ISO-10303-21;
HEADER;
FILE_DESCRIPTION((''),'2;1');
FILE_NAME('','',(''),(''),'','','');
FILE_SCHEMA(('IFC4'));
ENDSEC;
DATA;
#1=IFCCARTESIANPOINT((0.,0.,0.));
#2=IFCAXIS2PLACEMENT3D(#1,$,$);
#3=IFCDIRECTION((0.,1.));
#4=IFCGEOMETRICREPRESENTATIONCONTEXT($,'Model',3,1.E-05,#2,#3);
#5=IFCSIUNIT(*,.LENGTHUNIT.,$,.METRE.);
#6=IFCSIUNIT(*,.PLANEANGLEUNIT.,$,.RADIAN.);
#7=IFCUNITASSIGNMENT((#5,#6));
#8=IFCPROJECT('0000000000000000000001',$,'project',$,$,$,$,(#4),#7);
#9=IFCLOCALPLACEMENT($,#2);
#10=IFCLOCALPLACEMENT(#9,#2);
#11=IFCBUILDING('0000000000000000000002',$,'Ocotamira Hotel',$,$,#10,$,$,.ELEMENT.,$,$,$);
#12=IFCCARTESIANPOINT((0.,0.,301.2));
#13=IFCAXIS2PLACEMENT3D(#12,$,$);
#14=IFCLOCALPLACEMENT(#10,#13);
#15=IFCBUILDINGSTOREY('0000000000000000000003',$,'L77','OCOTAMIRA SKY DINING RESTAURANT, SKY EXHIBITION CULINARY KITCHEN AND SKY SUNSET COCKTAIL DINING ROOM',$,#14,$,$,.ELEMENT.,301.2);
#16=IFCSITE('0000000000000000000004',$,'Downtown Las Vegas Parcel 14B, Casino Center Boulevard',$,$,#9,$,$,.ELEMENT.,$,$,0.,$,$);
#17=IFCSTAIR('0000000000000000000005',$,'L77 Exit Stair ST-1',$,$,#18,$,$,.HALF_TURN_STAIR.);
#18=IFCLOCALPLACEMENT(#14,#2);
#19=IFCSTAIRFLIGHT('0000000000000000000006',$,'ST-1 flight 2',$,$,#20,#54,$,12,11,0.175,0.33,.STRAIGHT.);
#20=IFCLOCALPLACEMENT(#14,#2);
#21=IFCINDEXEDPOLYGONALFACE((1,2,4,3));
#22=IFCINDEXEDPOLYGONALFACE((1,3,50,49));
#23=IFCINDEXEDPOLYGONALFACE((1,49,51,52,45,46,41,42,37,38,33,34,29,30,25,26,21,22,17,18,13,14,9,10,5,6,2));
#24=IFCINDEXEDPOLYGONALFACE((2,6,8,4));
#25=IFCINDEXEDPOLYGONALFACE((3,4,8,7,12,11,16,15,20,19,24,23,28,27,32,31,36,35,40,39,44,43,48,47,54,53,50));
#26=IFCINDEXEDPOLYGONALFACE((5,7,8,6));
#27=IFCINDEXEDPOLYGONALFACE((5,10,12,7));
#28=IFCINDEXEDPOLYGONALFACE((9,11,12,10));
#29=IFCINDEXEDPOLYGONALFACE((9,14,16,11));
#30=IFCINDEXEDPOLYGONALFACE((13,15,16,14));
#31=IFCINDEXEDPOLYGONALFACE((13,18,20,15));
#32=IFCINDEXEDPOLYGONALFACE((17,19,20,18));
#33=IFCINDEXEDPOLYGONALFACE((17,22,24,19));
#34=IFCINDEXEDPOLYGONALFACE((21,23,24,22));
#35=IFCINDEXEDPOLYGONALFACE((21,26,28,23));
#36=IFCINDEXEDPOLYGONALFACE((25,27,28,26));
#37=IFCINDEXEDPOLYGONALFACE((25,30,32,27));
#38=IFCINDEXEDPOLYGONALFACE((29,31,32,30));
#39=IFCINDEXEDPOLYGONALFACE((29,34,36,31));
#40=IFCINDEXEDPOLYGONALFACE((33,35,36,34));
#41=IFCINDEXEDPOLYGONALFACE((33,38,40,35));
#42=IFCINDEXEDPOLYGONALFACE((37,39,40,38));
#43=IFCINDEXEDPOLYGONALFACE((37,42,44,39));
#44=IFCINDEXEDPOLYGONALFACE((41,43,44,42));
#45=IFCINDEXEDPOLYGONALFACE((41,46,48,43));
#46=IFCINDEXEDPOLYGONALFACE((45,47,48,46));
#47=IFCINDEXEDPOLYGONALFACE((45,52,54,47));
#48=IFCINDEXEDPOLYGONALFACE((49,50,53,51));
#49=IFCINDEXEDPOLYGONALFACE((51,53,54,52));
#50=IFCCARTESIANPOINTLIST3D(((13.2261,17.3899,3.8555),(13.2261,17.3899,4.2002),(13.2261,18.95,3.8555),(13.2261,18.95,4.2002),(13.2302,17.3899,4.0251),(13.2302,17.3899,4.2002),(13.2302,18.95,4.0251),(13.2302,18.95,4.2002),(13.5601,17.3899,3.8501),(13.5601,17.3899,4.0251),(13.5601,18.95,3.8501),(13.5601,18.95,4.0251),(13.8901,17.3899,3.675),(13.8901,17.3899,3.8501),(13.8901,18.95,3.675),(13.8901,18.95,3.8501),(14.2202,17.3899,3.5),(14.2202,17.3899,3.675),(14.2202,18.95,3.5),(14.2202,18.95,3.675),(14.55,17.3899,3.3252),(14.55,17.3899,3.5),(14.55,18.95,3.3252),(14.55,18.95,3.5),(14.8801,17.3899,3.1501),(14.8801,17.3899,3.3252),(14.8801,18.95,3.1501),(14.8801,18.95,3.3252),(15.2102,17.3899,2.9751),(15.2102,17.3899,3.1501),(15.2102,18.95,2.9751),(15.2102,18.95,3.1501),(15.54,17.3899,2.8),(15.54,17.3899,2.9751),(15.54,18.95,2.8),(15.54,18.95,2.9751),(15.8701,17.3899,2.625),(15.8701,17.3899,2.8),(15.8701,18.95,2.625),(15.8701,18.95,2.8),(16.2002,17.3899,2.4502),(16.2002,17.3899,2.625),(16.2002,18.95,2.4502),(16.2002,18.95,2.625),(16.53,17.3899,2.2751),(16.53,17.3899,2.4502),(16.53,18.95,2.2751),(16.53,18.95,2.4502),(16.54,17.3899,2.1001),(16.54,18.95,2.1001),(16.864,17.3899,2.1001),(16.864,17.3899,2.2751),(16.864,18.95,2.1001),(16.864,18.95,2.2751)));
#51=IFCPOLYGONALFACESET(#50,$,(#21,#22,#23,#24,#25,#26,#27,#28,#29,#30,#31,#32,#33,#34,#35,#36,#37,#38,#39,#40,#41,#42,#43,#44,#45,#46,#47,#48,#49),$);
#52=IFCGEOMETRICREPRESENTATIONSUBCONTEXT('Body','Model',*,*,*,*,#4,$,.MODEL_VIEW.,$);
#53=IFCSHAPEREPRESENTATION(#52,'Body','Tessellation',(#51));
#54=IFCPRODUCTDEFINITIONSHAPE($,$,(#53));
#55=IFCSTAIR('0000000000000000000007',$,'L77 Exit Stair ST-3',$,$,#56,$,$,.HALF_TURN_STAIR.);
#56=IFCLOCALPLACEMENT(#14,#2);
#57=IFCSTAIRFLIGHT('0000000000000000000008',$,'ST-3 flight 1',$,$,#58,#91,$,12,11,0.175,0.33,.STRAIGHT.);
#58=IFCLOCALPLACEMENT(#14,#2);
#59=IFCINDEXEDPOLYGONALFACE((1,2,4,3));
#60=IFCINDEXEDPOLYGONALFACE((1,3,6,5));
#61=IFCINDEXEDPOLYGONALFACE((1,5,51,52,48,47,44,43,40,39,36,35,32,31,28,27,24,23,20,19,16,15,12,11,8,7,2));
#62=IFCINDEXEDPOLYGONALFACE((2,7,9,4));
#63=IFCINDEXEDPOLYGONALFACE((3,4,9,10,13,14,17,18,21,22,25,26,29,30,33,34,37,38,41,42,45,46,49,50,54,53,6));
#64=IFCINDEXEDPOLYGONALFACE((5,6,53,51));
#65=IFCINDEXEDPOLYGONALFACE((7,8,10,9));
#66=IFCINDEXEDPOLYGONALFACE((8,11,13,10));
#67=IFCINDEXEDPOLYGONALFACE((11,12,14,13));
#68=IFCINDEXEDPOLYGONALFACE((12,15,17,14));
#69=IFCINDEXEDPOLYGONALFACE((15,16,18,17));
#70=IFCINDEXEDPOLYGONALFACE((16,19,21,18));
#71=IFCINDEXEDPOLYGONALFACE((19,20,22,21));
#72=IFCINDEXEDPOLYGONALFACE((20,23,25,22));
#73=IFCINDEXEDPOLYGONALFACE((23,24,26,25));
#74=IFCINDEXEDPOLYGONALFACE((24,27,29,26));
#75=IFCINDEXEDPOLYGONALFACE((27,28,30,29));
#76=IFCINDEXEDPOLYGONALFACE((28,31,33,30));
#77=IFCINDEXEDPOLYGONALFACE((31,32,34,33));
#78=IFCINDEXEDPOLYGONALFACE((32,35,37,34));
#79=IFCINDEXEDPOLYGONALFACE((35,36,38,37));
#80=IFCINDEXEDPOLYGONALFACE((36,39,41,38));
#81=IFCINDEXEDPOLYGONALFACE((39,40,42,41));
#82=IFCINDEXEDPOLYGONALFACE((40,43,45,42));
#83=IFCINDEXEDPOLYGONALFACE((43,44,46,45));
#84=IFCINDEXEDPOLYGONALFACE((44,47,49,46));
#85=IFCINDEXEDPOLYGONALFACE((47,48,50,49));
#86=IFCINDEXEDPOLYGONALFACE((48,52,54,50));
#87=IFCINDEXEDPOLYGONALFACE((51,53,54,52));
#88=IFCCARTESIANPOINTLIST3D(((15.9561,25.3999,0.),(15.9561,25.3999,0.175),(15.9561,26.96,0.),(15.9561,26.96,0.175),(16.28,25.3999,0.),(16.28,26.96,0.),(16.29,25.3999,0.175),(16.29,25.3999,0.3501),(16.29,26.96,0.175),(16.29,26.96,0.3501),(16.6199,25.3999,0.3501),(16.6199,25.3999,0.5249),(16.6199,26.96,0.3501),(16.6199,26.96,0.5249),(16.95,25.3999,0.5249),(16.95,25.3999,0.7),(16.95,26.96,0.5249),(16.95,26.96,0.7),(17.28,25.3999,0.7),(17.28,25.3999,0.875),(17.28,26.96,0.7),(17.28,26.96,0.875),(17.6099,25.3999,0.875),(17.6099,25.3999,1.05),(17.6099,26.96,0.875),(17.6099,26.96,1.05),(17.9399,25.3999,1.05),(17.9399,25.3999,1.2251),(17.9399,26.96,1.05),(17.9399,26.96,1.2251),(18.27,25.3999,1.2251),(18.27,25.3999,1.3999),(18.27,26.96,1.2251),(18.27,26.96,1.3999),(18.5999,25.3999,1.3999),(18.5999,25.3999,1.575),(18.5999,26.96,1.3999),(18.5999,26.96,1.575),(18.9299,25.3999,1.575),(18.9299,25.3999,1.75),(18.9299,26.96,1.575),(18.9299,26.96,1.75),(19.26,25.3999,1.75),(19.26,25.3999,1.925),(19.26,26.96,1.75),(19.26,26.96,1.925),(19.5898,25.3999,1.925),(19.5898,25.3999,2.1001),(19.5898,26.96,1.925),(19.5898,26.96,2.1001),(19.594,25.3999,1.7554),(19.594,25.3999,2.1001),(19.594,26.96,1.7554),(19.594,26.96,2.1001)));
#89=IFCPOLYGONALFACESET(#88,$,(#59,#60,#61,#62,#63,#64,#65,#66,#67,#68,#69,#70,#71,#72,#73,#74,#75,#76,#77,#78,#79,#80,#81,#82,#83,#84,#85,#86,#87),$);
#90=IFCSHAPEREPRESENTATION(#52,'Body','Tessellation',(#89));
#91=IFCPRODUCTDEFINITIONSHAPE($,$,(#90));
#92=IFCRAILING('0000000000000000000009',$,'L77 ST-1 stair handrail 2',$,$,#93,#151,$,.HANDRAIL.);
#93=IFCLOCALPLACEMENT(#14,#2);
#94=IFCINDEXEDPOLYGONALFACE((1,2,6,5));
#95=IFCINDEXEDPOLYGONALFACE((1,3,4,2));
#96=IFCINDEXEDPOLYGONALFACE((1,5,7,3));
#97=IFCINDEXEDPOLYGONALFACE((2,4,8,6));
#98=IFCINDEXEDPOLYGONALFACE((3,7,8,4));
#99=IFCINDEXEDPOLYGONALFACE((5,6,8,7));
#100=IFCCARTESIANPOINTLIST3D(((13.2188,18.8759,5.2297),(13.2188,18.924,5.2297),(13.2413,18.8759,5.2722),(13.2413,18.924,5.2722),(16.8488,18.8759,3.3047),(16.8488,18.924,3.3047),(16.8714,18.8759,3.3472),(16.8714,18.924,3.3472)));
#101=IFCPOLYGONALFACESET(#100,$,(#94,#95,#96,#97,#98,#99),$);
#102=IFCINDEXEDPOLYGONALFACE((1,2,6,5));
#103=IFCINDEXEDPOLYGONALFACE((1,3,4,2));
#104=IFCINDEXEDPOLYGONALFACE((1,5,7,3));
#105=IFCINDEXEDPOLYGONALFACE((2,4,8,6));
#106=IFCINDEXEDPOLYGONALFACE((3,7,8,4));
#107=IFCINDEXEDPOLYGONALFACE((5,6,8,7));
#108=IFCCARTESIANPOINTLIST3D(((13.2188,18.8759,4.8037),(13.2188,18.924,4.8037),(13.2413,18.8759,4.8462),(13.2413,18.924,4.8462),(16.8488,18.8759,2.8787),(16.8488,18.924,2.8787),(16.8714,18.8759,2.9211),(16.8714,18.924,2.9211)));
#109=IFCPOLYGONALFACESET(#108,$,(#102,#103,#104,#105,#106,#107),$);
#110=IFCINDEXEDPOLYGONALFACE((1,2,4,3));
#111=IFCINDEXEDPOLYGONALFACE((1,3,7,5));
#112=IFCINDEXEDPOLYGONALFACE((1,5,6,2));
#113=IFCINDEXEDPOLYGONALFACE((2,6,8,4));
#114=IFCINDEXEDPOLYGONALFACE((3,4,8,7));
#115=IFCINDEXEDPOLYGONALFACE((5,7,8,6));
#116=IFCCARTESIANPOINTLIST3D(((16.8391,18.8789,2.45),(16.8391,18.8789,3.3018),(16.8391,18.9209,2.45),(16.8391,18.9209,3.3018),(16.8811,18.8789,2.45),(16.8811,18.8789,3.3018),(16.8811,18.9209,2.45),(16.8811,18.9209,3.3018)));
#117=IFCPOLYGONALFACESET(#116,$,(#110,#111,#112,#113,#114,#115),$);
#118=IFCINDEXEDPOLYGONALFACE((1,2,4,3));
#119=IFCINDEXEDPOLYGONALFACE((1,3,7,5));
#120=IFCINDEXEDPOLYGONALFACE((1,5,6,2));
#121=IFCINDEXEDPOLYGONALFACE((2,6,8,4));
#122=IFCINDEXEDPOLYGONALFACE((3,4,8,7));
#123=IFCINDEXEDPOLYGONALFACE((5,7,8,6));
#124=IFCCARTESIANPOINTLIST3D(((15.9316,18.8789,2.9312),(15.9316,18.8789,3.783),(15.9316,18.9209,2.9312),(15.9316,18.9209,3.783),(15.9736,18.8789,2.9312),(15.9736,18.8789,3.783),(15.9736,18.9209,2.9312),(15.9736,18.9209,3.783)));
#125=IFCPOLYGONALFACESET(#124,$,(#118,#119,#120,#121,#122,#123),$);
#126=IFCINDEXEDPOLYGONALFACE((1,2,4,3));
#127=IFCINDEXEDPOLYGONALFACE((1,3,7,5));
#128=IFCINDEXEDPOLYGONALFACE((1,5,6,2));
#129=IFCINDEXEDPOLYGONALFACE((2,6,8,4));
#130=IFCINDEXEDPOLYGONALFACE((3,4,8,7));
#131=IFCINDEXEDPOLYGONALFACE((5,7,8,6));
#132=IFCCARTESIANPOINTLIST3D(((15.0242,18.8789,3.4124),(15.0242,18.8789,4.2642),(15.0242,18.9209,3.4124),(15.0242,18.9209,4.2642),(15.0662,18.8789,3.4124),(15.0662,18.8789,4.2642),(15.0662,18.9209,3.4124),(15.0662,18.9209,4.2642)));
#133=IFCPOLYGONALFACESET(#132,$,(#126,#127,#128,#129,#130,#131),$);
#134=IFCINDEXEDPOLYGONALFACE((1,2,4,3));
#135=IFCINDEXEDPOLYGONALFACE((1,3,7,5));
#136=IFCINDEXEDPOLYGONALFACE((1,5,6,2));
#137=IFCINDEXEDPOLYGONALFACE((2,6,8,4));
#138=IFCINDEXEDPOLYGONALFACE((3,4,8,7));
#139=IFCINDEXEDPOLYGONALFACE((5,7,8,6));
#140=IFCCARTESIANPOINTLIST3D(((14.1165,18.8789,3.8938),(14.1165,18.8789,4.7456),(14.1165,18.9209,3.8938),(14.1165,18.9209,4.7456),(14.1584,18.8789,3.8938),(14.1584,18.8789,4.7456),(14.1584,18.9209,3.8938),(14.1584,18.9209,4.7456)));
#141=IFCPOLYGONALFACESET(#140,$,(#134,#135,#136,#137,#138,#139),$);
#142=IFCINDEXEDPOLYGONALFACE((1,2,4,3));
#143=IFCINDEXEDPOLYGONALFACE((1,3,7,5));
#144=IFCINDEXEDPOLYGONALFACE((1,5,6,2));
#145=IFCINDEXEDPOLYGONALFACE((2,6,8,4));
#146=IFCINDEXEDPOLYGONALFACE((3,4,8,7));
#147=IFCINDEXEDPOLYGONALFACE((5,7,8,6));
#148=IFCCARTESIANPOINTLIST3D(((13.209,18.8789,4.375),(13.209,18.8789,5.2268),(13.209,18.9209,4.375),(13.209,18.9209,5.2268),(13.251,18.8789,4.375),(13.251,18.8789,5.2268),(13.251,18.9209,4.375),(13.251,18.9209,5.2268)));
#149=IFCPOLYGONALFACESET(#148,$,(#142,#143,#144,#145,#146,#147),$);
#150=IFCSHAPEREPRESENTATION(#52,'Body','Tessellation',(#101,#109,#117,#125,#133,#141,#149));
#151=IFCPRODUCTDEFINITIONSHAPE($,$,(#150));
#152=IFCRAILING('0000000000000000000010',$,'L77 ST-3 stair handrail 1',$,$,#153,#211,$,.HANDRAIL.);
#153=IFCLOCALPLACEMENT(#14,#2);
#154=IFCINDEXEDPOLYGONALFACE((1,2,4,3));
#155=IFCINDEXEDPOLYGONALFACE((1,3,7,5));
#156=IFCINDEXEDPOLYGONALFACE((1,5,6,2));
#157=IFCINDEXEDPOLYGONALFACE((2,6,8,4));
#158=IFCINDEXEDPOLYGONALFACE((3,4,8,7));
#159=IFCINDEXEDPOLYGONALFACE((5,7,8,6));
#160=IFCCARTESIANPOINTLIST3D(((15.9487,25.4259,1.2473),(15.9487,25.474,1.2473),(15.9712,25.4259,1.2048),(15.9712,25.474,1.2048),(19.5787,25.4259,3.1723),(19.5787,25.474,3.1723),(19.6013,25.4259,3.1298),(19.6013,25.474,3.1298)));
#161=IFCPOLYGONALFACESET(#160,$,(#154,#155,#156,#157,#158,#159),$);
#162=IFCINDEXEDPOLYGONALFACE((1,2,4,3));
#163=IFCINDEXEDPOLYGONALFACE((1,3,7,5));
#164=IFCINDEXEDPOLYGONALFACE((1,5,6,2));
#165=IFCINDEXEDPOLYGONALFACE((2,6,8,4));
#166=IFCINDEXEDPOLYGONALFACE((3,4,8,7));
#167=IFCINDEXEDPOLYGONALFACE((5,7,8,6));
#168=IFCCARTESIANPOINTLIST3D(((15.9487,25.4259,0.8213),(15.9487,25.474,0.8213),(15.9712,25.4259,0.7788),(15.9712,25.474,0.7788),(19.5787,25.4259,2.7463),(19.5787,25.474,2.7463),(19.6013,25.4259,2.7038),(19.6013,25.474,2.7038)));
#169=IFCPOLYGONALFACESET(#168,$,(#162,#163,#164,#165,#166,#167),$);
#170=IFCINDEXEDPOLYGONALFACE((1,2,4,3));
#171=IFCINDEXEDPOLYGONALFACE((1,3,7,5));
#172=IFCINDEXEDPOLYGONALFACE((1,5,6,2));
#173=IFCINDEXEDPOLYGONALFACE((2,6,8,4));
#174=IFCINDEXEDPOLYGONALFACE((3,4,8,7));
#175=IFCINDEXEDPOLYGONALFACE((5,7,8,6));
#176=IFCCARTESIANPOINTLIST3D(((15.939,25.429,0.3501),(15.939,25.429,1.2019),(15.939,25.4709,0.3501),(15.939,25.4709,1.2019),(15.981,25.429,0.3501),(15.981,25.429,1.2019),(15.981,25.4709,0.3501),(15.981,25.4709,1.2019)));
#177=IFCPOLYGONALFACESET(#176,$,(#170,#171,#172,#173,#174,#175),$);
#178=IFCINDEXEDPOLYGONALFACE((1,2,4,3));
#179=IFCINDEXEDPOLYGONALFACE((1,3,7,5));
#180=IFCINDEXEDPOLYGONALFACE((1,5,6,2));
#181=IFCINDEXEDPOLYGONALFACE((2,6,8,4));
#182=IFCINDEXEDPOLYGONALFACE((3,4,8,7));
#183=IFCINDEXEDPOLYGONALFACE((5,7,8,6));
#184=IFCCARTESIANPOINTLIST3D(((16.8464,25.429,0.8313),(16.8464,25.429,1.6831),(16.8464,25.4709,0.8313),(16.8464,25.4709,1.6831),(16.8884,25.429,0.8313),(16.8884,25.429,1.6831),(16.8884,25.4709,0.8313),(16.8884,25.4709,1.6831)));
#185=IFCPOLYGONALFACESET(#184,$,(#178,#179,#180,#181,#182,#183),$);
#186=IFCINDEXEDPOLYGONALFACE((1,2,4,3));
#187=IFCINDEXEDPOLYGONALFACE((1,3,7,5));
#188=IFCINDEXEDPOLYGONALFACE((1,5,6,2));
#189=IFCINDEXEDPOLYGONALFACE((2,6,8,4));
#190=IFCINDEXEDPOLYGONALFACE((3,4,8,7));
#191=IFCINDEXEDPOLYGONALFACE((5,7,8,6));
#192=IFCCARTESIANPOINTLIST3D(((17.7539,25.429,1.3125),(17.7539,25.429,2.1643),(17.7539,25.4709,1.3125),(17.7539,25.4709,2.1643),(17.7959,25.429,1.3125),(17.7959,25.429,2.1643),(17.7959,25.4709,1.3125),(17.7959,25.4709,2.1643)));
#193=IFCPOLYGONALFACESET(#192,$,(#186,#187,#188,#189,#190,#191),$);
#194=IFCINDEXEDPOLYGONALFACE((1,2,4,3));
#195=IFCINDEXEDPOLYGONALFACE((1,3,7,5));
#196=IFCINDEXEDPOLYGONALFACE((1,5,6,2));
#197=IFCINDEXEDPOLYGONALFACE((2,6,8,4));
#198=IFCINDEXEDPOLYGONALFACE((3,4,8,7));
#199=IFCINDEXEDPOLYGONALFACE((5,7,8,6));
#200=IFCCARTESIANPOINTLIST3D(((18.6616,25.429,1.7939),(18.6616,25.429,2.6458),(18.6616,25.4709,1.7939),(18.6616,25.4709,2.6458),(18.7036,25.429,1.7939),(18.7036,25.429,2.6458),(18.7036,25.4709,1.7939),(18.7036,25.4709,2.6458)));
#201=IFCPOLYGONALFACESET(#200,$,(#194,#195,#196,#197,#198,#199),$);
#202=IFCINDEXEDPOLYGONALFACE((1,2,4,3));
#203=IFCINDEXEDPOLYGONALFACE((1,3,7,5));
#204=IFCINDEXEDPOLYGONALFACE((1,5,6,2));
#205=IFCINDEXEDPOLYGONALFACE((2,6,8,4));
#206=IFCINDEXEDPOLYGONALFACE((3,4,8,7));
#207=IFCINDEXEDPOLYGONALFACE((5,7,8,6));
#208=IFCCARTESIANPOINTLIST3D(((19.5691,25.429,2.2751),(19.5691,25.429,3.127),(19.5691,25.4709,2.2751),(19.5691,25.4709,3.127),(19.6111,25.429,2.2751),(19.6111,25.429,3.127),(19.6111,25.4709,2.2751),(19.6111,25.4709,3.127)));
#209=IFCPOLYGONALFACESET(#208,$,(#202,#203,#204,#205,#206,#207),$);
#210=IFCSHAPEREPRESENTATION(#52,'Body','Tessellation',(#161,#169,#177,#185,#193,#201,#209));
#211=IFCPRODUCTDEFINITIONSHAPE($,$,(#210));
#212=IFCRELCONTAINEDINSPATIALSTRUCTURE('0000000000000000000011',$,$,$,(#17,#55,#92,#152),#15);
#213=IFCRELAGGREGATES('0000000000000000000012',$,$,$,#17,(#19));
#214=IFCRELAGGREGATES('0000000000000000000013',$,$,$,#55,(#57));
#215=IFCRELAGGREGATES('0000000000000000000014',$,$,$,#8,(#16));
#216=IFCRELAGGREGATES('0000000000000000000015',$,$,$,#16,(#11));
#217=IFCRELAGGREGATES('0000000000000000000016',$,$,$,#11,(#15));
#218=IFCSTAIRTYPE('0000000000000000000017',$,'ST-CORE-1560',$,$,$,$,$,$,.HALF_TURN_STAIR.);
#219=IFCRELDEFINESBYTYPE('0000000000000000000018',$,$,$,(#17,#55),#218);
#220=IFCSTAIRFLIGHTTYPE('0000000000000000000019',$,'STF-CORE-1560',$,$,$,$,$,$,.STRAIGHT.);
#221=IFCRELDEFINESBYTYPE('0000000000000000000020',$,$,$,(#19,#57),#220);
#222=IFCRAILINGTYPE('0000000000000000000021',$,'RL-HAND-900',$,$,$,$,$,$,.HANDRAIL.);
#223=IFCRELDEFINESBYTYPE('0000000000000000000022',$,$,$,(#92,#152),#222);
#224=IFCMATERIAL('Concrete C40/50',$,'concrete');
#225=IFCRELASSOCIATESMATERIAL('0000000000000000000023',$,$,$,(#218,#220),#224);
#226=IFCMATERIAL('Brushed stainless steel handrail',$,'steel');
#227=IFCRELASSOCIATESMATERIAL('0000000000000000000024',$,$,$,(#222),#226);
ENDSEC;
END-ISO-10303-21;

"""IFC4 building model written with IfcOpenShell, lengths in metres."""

from ifc_helpers import new_model, si_unit, direction, frame, origin, origin_2d, place, context, subcontext, project, spatial, polyline, rectangle, outline, extrude, source, transform, mapped, material, type_object, element, aggregate, save


model = new_model("IFC4")

# Units and contexts
model_context = context("Model", 3, precision=1e-05, world=origin(), true_north=direction((0.0, 1.0)))
body_context = subcontext(model_context, "Body", "Model", "MODEL_VIEW")
ifc_project = project(units=[si_unit("LENGTHUNIT", "METRE"), si_unit("PLANEANGLEUNIT", "RADIAN")], contexts=[model_context])

# Site, building, storey
site_placement = place(None, origin())
site = spatial("IfcSite", under=ifc_project, at=site_placement, Name="Downtown Las Vegas Parcel 14B, Casino Center Boulevard", CompositionType="ELEMENT", RefElevation=0.0)
building_placement = place(site_placement, origin())
building = spatial("IfcBuilding", under=site, at=building_placement, Name="Ocotamira Hotel", CompositionType="ELEMENT")
storey_placement = place(building_placement, frame((0.0, 0.0, 301.2)))
storey = spatial("IfcBuildingStorey", under=building, at=storey_placement, Name="L77", Description="OCOTAMIRA SKY DINING RESTAURANT, SKY EXHIBITION CULINARY KITCHEN AND SKY SUNSET COCKTAIL DINING ROOM", CompositionType="ELEMENT", Elevation=301.2)

# Stairs, stair flights
ifc_material_1 = material(Name="Concrete C40/50", Category="concrete")
stair_type = type_object("IfcStairType", Name="ST-CORE-1560", PredefinedType="HALF_TURN_STAIR", material=ifc_material_1)
stair_1_placement = place(storey_placement, origin())
stair_1 = element("IfcStair", 1, at=stair_1_placement, inside=storey, type_object=stair_type, Name="L77 Exit Stair ST-1", PredefinedType="HALF_TURN_STAIR")
stair_flight_type = type_object("IfcStairFlightType", Name="STF-CORE-1560", PredefinedType="STRAIGHT", material=ifc_material_1)
shared_shape_1 = source(origin(), body_context, "Body", "SweptSolid", [
    extrude(outline(polyline([(-0.0039, 0.0), (-0.0039, 0.175), (0.3301, 0.175), (0.3301, 0.3501), (0.6599, 0.3501), (0.6599, 0.5249), (0.99, 0.5249), (0.99, 0.7), (1.3201, 0.7), (1.3201, 0.875), (1.6499, 0.875), (1.6499, 1.05), (1.98, 1.05), (1.98, 1.2251), (2.3101, 1.2251), (2.3101, 1.3999), (2.6399, 1.3999), (2.6399, 1.575), (2.97, 1.575), (2.97, 1.75), (3.3, 1.75), (3.3, 1.925), (3.6299, 1.925), (3.6299, 2.1001), (3.634, 2.1001), (3.634, 1.7554), (0.3201, 0.0), (-0.0039, 0.0)])), frame((0.0, 0.78, 0.0), z_axis=(0.0, -1.0, 0.0), x_axis=(1.0, 0.0, 0.0)), (0.0, 0.0, 1.0), 1.5601),
])
stair_flight_1_placement = place(storey_placement, frame((16.8601, 18.1699, 2.1001), z_axis=(0.0, 0.0, 1.0), x_axis=(-1.0, 0.0, 0.0)))
stair_flight_1 = element("IfcStairFlight", 2, at=stair_flight_1_placement, type_object=stair_flight_type, Name="ST-1 flight 2", NumberOfRisers=12, NumberOfTreads=11, PredefinedType="STRAIGHT", RiserHeight=0.175, TreadLength=0.33, context=body_context, shape_type="MappedRepresentation", body=[
    mapped(shared_shape_1, transform((0.0, 0.0, 0.0), scale=1.0)),
])
aggregate(stair_1, [stair_flight_1])
stair_2_placement = place(storey_placement, origin())
stair_2 = element("IfcStair", 3, at=stair_2_placement, inside=storey, type_object=stair_type, Name="L77 Exit Stair ST-3", PredefinedType="HALF_TURN_STAIR")
stair_flight_2_placement = place(storey_placement, frame((15.96, 26.1799, 0.0), z_axis=(0.0, 0.0, 1.0), x_axis=(1.0, 0.0, 0.0)))
stair_flight_2 = element("IfcStairFlight", 4, at=stair_flight_2_placement, type_object=stair_flight_type, Name="ST-3 flight 1", NumberOfRisers=12, NumberOfTreads=11, PredefinedType="STRAIGHT", RiserHeight=0.175, TreadLength=0.33, context=body_context, shape_type="MappedRepresentation", body=[
    mapped(shared_shape_1, transform((0.0, 0.0, 0.0), scale=1.0)),
])
aggregate(stair_2, [stair_flight_2])

# Railings
ifc_material_2 = material(Name="Brushed stainless steel handrail", Category="steel")
railing_type_1 = type_object("IfcRailingType", Name="RL-HAND-900", PredefinedType="HANDRAIL", material=ifc_material_2)
railing_1_placement = place(storey_placement, frame((16.8601, 18.8999, 2.45)))
element("IfcRailing", 5, at=railing_1_placement, inside=storey, type_object=railing_type_1, Name="L77 ST-1 stair handrail 2", PredefinedType="HANDRAIL", context=body_context, shape_type="SweptSolid", body=[
    extrude(rectangle(XDim=0.0481, YDim=0.0481, at=origin_2d()), frame((0.0, 0.0, 0.876), z_axis=(-0.883464, 0.0, 0.468499), x_axis=(0.0, -1.0, 0.0)), (0.0, 0.0, 1.0), 4.1089),
    extrude(rectangle(XDim=0.0481, YDim=0.0481, at=origin_2d()), frame((0.0, 0.0, 0.45), z_axis=(-0.883464, 0.0, 0.468499), x_axis=(0.0, -1.0, 0.0)), (0.0, 0.0, 1.0), 4.1089),
    extrude(rectangle(XDim=0.042, YDim=0.042, at=origin_2d()), origin(), (0.0, 0.0, 1.0), 0.8518),
    extrude(rectangle(XDim=0.042, YDim=0.042, at=origin_2d()), frame((-0.9075, 0.0, 0.4812)), (0.0, 0.0, 1.0), 0.8518),
    extrude(rectangle(XDim=0.042, YDim=0.042, at=origin_2d()), frame((-1.8149, 0.0, 0.9624)), (0.0, 0.0, 1.0), 0.8518),
    extrude(rectangle(XDim=0.042, YDim=0.042, at=origin_2d()), frame((-2.7227, 0.0, 1.4438)), (0.0, 0.0, 1.0), 0.8518),
    extrude(rectangle(XDim=0.042, YDim=0.042, at=origin_2d()), frame((-3.6301, 0.0, 1.925)), (0.0, 0.0, 1.0), 0.8518),
])
railing_2_placement = place(storey_placement, frame((15.96, 25.45, 0.3501)))
element("IfcRailing", 6, at=railing_2_placement, inside=storey, type_object=railing_type_1, Name="L77 ST-3 stair handrail 1", PredefinedType="HANDRAIL", context=body_context, shape_type="SweptSolid", body=[
    extrude(rectangle(XDim=0.0481, YDim=0.0481, at=origin_2d()), frame((0.0, 0.0, 0.876), z_axis=(0.883464, 0.0, 0.468499), x_axis=(0.0, 1.0, 0.0)), (0.0, 0.0, 1.0), 4.1089),
    extrude(rectangle(XDim=0.0481, YDim=0.0481, at=origin_2d()), frame((0.0, 0.0, 0.45), z_axis=(0.883464, 0.0, 0.468499), x_axis=(0.0, 1.0, 0.0)), (0.0, 0.0, 1.0), 4.1089),
    extrude(rectangle(XDim=0.042, YDim=0.042, at=origin_2d()), origin(), (0.0, 0.0, 1.0), 0.8518),
    extrude(rectangle(XDim=0.042, YDim=0.042, at=origin_2d()), frame((0.9075, 0.0, 0.4812)), (0.0, 0.0, 1.0), 0.8518),
    extrude(rectangle(XDim=0.042, YDim=0.042, at=origin_2d()), frame((1.8149, 0.0, 0.9624)), (0.0, 0.0, 1.0), 0.8518),
    extrude(rectangle(XDim=0.042, YDim=0.042, at=origin_2d()), frame((2.7227, 0.0, 1.4438)), (0.0, 0.0, 1.0), 0.8518),
    extrude(rectangle(XDim=0.042, YDim=0.042, at=origin_2d()), frame((3.6301, 0.0, 1.925)), (0.0, 0.0, 1.0), 0.8518),
])

save(model, "model.ifc")
